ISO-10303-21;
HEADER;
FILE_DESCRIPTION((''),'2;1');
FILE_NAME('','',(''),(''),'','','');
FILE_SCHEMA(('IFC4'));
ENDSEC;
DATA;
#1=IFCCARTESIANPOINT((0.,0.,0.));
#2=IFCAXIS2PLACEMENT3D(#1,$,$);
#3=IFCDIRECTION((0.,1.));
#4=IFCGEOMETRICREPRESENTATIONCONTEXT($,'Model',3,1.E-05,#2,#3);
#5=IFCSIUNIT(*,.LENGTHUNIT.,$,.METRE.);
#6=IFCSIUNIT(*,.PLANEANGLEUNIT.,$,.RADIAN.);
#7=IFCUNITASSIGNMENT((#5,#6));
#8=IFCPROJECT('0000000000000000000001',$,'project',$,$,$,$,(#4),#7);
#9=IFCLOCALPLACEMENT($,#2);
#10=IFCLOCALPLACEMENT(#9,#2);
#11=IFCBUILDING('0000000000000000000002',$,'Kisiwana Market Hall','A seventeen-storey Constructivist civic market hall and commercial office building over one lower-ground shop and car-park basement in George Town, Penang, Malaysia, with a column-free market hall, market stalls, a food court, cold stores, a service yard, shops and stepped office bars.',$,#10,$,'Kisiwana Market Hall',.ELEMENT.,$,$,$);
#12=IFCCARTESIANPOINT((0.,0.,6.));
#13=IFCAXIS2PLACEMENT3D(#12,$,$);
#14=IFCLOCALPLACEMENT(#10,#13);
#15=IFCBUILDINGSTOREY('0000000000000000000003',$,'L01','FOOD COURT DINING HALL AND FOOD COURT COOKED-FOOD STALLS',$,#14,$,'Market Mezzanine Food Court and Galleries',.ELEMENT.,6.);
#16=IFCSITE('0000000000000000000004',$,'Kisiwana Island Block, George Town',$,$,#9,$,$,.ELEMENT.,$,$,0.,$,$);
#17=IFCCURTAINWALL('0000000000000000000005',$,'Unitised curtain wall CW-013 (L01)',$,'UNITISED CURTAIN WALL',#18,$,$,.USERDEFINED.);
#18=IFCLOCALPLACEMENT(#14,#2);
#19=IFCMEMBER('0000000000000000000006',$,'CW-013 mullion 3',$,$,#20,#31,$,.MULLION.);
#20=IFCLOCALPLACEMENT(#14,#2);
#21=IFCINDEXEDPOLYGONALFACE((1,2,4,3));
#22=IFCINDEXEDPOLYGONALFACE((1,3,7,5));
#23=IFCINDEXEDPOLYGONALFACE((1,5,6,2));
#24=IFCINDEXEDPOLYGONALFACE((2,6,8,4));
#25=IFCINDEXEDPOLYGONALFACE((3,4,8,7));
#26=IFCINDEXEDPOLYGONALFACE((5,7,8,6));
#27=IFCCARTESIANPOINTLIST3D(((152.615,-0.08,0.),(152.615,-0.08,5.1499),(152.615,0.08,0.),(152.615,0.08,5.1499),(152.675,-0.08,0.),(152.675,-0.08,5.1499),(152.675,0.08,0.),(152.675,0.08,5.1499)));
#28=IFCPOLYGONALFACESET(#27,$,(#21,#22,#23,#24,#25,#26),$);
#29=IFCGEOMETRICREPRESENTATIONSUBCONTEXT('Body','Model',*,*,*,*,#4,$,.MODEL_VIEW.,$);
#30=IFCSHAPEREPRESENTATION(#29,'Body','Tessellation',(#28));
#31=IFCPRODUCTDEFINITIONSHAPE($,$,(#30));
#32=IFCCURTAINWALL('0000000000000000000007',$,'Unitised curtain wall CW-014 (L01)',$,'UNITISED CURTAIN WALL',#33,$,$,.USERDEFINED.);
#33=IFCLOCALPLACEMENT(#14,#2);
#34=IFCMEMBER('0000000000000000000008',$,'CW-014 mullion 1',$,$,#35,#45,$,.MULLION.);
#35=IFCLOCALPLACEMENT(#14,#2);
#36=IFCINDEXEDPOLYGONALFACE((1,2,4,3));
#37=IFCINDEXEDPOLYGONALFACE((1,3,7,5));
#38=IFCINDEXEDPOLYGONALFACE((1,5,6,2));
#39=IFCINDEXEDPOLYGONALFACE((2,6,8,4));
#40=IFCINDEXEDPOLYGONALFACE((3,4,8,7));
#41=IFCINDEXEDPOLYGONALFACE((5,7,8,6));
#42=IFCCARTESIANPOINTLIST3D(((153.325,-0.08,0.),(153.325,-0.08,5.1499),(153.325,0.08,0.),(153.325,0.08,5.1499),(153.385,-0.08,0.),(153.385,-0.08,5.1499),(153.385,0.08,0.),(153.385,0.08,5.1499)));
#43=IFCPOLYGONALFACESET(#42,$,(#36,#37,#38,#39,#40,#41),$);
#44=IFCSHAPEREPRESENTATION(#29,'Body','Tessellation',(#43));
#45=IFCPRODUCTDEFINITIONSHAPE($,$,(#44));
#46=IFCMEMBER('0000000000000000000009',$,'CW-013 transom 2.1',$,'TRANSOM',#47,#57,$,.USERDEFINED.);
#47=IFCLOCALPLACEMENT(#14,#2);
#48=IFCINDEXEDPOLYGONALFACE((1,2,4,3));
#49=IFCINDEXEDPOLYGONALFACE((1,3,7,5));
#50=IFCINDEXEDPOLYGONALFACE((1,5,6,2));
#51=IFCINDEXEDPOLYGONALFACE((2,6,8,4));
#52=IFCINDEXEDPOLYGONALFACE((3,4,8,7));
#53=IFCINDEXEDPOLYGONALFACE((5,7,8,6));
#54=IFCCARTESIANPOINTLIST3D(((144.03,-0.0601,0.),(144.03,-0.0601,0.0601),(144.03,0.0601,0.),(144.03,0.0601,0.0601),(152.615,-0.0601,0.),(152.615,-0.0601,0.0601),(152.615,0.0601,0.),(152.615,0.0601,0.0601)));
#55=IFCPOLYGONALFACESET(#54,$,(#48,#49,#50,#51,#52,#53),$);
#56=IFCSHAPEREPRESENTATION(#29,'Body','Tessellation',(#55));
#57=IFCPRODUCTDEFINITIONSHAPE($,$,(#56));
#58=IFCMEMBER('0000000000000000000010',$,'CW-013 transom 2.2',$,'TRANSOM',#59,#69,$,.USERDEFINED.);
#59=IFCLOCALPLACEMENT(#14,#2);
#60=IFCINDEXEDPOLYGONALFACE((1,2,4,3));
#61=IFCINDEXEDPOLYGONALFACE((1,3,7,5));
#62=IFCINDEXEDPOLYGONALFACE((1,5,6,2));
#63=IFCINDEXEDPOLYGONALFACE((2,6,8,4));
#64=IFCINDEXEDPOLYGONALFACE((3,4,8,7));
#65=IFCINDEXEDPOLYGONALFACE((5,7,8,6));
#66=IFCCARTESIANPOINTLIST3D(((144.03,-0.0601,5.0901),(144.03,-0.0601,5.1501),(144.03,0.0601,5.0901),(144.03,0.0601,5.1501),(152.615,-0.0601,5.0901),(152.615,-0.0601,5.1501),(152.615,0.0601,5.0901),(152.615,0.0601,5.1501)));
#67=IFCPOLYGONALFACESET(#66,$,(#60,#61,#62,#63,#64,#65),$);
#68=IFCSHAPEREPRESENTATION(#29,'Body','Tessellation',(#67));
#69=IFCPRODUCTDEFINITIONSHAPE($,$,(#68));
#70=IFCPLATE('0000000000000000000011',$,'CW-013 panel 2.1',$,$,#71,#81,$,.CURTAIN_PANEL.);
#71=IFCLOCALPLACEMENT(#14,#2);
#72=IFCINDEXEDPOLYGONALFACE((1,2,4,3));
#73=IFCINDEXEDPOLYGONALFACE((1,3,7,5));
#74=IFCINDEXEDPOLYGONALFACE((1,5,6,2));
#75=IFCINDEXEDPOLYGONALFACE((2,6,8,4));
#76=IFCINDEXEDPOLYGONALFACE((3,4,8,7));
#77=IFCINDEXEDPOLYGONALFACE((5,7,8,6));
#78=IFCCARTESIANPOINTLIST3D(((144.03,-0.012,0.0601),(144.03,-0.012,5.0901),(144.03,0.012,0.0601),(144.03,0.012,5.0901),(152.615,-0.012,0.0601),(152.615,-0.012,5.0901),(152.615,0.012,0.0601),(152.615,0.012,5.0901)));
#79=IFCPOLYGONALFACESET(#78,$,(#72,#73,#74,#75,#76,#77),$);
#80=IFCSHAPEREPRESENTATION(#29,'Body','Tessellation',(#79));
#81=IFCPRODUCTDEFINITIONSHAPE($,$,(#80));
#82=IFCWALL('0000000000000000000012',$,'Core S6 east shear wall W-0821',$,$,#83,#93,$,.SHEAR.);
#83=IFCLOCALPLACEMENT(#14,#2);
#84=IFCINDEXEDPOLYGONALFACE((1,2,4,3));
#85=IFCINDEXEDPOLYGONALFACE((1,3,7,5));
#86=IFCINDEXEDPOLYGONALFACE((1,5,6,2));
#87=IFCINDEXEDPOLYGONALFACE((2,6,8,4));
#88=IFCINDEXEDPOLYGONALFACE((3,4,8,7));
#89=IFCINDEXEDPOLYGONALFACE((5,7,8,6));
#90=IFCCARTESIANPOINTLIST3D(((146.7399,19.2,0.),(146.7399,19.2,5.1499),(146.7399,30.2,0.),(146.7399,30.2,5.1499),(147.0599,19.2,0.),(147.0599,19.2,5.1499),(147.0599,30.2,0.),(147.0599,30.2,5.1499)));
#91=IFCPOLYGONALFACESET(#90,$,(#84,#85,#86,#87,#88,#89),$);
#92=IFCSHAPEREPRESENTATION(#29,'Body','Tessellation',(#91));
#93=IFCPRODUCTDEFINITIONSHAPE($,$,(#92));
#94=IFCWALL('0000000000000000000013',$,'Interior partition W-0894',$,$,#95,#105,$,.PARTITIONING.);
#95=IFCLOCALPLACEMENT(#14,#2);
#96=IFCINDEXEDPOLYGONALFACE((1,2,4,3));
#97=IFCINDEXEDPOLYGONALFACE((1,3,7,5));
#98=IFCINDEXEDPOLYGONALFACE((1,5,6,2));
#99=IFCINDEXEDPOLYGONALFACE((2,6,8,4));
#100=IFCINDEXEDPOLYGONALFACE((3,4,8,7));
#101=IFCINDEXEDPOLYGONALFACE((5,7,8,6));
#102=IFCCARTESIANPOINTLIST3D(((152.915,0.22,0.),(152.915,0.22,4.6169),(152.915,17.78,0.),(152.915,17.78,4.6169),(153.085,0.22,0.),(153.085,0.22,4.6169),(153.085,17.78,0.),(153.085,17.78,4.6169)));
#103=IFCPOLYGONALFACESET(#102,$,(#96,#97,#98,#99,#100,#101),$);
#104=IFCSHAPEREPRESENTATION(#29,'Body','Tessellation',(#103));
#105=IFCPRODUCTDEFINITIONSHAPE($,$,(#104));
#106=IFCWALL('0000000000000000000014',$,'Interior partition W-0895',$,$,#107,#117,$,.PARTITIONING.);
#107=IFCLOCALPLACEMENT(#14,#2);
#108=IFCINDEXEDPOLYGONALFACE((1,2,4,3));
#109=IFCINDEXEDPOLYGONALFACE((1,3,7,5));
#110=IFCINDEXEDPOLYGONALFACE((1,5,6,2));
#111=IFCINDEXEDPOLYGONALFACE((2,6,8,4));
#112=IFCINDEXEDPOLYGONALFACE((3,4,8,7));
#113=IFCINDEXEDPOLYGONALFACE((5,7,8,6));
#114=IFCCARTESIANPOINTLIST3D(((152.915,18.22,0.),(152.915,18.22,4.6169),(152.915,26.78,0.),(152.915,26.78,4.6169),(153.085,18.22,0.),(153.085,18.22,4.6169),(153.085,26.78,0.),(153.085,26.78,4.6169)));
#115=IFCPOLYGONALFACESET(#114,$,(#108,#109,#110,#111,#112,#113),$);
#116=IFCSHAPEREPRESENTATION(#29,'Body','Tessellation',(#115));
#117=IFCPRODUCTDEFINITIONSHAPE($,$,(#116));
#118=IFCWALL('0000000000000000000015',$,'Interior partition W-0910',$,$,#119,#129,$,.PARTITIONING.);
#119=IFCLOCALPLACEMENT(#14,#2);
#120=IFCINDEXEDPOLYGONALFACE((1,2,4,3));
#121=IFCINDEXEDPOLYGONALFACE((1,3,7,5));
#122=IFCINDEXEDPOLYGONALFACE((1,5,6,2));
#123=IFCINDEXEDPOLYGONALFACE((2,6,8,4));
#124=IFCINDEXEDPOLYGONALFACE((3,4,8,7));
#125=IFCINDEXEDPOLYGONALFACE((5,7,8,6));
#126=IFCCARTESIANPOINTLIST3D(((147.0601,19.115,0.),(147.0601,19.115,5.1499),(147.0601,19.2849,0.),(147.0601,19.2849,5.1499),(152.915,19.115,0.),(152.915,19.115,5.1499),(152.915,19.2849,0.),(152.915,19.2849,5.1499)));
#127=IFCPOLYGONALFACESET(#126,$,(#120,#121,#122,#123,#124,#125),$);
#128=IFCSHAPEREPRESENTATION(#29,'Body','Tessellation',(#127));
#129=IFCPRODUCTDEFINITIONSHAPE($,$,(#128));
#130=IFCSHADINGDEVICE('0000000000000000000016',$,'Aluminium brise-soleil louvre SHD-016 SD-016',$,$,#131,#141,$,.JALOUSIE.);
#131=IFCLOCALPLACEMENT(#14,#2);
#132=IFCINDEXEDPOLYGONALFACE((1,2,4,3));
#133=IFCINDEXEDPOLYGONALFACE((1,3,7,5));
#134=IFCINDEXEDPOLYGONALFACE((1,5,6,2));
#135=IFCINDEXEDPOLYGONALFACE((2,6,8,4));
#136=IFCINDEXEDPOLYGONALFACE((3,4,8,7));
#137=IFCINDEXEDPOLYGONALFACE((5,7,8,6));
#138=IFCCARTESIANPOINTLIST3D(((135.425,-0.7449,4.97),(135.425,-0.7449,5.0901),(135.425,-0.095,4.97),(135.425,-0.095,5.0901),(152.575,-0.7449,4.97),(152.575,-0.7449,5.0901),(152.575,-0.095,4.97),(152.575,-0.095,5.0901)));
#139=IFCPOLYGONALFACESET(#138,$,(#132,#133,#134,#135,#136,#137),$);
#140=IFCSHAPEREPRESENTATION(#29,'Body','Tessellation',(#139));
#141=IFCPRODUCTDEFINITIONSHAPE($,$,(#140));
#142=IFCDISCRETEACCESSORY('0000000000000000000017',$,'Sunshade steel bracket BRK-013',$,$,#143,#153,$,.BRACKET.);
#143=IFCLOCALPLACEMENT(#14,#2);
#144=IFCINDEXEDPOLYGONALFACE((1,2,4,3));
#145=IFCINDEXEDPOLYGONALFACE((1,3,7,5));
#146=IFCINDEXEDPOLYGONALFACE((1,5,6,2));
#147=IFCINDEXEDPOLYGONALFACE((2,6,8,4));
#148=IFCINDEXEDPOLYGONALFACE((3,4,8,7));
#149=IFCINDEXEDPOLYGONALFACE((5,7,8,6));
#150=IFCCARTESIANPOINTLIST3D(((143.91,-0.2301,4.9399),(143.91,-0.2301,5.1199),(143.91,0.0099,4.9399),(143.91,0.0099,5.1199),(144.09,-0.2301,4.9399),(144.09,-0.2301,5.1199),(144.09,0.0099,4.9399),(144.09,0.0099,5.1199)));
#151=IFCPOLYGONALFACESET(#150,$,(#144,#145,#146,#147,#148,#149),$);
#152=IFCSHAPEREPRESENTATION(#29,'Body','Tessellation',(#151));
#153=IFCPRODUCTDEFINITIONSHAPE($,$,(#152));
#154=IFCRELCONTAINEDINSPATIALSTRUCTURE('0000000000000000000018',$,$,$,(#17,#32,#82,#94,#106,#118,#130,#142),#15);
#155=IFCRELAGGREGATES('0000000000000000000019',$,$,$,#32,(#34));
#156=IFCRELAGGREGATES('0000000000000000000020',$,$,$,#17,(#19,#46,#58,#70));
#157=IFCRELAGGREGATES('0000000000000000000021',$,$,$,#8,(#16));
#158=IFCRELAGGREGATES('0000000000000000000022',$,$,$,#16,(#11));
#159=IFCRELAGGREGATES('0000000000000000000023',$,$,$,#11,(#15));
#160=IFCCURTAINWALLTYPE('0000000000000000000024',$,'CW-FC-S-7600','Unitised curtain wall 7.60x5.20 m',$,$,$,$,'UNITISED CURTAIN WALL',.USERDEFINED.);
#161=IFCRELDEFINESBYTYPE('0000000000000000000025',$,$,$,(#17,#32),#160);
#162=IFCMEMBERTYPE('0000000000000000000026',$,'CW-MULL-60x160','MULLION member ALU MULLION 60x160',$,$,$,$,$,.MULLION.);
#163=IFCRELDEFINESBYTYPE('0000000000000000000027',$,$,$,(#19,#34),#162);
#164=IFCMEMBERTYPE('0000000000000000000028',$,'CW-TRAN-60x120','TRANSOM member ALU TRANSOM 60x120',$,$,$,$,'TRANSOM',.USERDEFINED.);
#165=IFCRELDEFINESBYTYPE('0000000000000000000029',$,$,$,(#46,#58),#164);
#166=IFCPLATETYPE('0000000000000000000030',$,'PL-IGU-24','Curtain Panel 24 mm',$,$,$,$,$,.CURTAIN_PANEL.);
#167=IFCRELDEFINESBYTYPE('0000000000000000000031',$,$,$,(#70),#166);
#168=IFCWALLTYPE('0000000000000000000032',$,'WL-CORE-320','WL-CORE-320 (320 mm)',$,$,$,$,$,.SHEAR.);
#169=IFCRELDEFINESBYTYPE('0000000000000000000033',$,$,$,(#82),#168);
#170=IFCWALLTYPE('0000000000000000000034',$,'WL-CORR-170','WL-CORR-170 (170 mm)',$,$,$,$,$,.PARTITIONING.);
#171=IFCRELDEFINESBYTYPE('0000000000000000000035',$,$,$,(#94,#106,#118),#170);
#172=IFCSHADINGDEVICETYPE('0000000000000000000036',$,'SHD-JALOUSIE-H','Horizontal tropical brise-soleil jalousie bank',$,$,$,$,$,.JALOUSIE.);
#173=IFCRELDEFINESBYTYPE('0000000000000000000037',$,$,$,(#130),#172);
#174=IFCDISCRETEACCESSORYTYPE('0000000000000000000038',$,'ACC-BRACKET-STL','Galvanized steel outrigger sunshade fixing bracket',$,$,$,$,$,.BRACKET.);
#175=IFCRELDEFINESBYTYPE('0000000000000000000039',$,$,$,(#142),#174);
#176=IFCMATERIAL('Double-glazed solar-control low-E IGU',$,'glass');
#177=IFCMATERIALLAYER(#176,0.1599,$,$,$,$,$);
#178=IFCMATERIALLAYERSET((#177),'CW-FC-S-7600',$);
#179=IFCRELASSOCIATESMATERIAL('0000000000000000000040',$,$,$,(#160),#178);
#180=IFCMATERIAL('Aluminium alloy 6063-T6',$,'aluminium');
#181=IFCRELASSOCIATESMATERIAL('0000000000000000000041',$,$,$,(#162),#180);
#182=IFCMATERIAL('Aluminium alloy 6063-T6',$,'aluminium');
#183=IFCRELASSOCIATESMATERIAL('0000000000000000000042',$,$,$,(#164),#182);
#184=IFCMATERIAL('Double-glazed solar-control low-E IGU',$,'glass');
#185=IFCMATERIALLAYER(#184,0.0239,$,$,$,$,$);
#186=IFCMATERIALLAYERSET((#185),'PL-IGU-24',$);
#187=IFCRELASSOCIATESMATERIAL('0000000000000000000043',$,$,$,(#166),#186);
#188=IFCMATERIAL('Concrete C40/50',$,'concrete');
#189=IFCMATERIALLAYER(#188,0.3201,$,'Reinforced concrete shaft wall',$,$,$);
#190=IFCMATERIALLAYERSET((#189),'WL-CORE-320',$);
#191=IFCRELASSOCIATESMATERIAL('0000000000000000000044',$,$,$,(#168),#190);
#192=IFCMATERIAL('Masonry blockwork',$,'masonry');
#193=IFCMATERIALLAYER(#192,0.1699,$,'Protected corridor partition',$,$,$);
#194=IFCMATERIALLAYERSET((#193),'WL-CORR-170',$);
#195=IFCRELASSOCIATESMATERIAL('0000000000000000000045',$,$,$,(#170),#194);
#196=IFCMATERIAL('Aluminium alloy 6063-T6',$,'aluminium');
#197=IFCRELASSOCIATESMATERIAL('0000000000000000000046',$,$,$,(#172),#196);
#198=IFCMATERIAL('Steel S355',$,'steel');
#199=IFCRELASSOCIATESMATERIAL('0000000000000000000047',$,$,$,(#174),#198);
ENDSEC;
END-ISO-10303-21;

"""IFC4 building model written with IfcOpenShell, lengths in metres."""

from ifc_helpers import new_model, si_unit, direction, frame, frame_2d, origin, origin_2d, place, context, subcontext, project, spatial, rectangle, extrude, material, layer, layer_set, material_profile, profile_set, type_object, element, aggregate, save


model = new_model("IFC4")

# Units and contexts
model_context = context("Model", 3, precision=1e-05, world=origin(), true_north=direction((0.0, 1.0)))
body_context = subcontext(model_context, "Body", "Model", "MODEL_VIEW")
ifc_project = project(units=[si_unit("LENGTHUNIT", "METRE"), si_unit("PLANEANGLEUNIT", "RADIAN")], contexts=[model_context])

# Site, building, storey
site_placement = place(None, origin())
site = spatial("IfcSite", under=ifc_project, at=site_placement, Name="Kisiwana Island Block, George Town", CompositionType="ELEMENT", RefElevation=0.0)
building_placement = place(site_placement, origin())
building = spatial("IfcBuilding", under=site, at=building_placement, Name="Kisiwana Market Hall", Description="A seventeen-storey Constructivist civic market hall and commercial office building over one lower-ground shop and car-park basement in George Town, Penang, Malaysia, with a column-free market hall, market stalls, a food court, cold stores, a service yard, shops and stepped office bars.", LongName="Kisiwana Market Hall", CompositionType="ELEMENT")
storey_placement = place(building_placement, frame((0.0, 0.0, 6.0)))
storey = spatial("IfcBuildingStorey", under=building, at=storey_placement, Name="L01", Description="FOOD COURT DINING HALL AND FOOD COURT COOKED-FOOD STALLS", LongName="Market Mezzanine Food Court and Galleries", CompositionType="ELEMENT", Elevation=6.0)

# Curtain wall, member
ifc_material_1 = material(Name="Double-glazed solar-control low-E IGU", Category="glass")
ifc_layer_1 = layer(ifc_material_1, 0.1599)
ifc_layer_set_1 = layer_set([ifc_layer_1], Name="CW-FC-S-7600")
curtain_wall_type = type_object("IfcCurtainWallType", Name="CW-FC-S-7600", Description="Unitised curtain wall 7.60x5.20 m", ElementType="UNITISED CURTAIN WALL", PredefinedType="USERDEFINED", material=ifc_layer_set_1)
curtain_wall_1_placement = place(storey_placement, origin())
curtain_wall_1 = element("IfcCurtainWall", 1, at=curtain_wall_1_placement, inside=storey, type_object=curtain_wall_type, Name="Unitised curtain wall CW-013 (L01)", ObjectType="UNITISED CURTAIN WALL", PredefinedType="USERDEFINED")
ifc_material_2 = material(Name="Aluminium alloy 6063-T6", Category="aluminium")
ifc_material_profile_1 = material_profile(ifc_material_2, rectangle(XDim=0.0601, YDim=0.1599, at=origin_2d()), Name="ALU MULLION 60x160")
ifc_profile_set_1 = profile_set([ifc_material_profile_1], Name="Aluminium alloy 6063-T6")
member_type_1 = type_object("IfcMemberType", Name="CW-MULL-60x160", Description="MULLION member ALU MULLION 60x160", PredefinedType="MULLION", material=ifc_profile_set_1)
member_1_placement = place(storey_placement, frame((152.645, 0.0, 0.0), z_axis=(0.0, 0.0, 1.0), x_axis=(1.0, 0.0, 0.0)))
member_1 = element("IfcMember", 2, at=member_1_placement, type_object=member_type_1, Name="CW-013 mullion 3", PredefinedType="MULLION", context=body_context, shape_type="SweptSolid", body=[
    extrude(rectangle(XDim=0.0601, YDim=0.1599, at=origin_2d()), origin(), (0.0, 0.0, 1.0), 5.1499),
])

# Curtain wall, member
curtain_wall_2_placement = place(storey_placement, origin())
curtain_wall_2 = element("IfcCurtainWall", 3, at=curtain_wall_2_placement, inside=storey, type_object=curtain_wall_type, Name="Unitised curtain wall CW-014 (L01)", ObjectType="UNITISED CURTAIN WALL", PredefinedType="USERDEFINED")
member_2_placement = place(storey_placement, frame((153.355, 0.0, 0.0), z_axis=(0.0, 0.0, 1.0), x_axis=(1.0, 0.0, 0.0)))
member_2 = element("IfcMember", 4, at=member_2_placement, type_object=member_type_1, Name="CW-014 mullion 1", PredefinedType="MULLION", context=body_context, shape_type="SweptSolid", body=[
    extrude(rectangle(XDim=0.0601, YDim=0.1599, at=origin_2d()), origin(), (0.0, 0.0, 1.0), 5.1499),
])
aggregate(curtain_wall_2, [member_2])

# Members
ifc_material_3 = material(Name="Aluminium alloy 6063-T6", Category="aluminium")
ifc_material_profile_2 = material_profile(ifc_material_3, rectangle(XDim=0.1201, YDim=0.0601, at=origin_2d()), Name="ALU TRANSOM 60x120")
ifc_profile_set_2 = profile_set([ifc_material_profile_2], Name="Aluminium alloy 6063-T6")
member_type_2 = type_object("IfcMemberType", Name="CW-TRAN-60x120", Description="TRANSOM member ALU TRANSOM 60x120", ElementType="TRANSOM", PredefinedType="USERDEFINED", material=ifc_profile_set_2)
member_3_placement = place(storey_placement, frame((144.03, 0.0, 0.03), z_axis=(1.0, 0.0, 0.0), x_axis=(0.0, 1.0, 0.0)))
member_3 = element("IfcMember", 5, at=member_3_placement, type_object=member_type_2, Name="CW-013 transom 2.1", ObjectType="TRANSOM", PredefinedType="USERDEFINED", context=body_context, shape_type="SweptSolid", body=[
    extrude(rectangle(XDim=0.1201, YDim=0.0601, at=origin_2d()), origin(), (0.0, 0.0, 1.0), 8.585),
])
member_4_placement = place(storey_placement, frame((144.03, 0.0, 5.1201), z_axis=(1.0, 0.0, 0.0), x_axis=(0.0, 1.0, 0.0)))
member_4 = element("IfcMember", 6, at=member_4_placement, type_object=member_type_2, Name="CW-013 transom 2.2", ObjectType="TRANSOM", PredefinedType="USERDEFINED", context=body_context, shape_type="SweptSolid", body=[
    extrude(rectangle(XDim=0.1201, YDim=0.0601, at=origin_2d()), origin(), (0.0, 0.0, 1.0), 8.585),
])

# Plate
ifc_material_4 = material(Name="Double-glazed solar-control low-E IGU", Category="glass")
ifc_layer_2 = layer(ifc_material_4, 0.0239)
ifc_layer_set_2 = layer_set([ifc_layer_2], Name="PL-IGU-24")
plate_type = type_object("IfcPlateType", Name="PL-IGU-24", Description="Curtain Panel 24 mm", PredefinedType="CURTAIN_PANEL", material=ifc_layer_set_2)
plate_placement = place(storey_placement, frame((148.3225, 0.0, 0.0601), z_axis=(0.0, 0.0, 1.0), x_axis=(1.0, 0.0, 0.0)))
plate = element("IfcPlate", 7, at=plate_placement, type_object=plate_type, Name="CW-013 panel 2.1", PredefinedType="CURTAIN_PANEL", context=body_context, shape_type="SweptSolid", body=[
    extrude(rectangle(XDim=8.585, YDim=0.0239, at=origin_2d()), origin(), (0.0, 0.0, 1.0), 5.03),
])
aggregate(curtain_wall_1, [member_1, member_3, member_4, plate])

# Walls
ifc_material_5 = material(Name="Concrete C40/50", Category="concrete")
ifc_layer_3 = layer(ifc_material_5, 0.3201, Name="Reinforced concrete shaft wall")
ifc_layer_set_3 = layer_set([ifc_layer_3], Name="WL-CORE-320")
wall_type_1 = type_object("IfcWallType", Name="WL-CORE-320", Description="WL-CORE-320 (320 mm)", PredefinedType="SHEAR", material=ifc_layer_set_3)
wall_1_placement = place(storey_placement, frame((146.8999, 19.2, 0.0), z_axis=(0.0, 0.0, 1.0), x_axis=(0.0, 1.0, 0.0)))
element("IfcWall", 8, at=wall_1_placement, inside=storey, type_object=wall_type_1, Name="Core S6 east shear wall W-0821", PredefinedType="SHEAR", context=body_context, shape_type="SweptSolid", body=[
    extrude(rectangle(XDim=11.0, YDim=0.3201, at=frame_2d((5.5, 0.0))), origin(), (0.0, 0.0, 1.0), 5.1499),
])
ifc_material_6 = material(Name="Masonry blockwork", Category="masonry")
ifc_layer_4 = layer(ifc_material_6, 0.1699, Name="Protected corridor partition")
ifc_layer_set_4 = layer_set([ifc_layer_4], Name="WL-CORR-170")
wall_type_2 = type_object("IfcWallType", Name="WL-CORR-170", Description="WL-CORR-170 (170 mm)", PredefinedType="PARTITIONING", material=ifc_layer_set_4)
wall_2_placement = place(storey_placement, frame((153.0, 0.22, 0.0), z_axis=(0.0, 0.0, 1.0), x_axis=(0.0, 1.0, 0.0)))
element("IfcWall", 9, at=wall_2_placement, inside=storey, type_object=wall_type_2, Name="Interior partition W-0894", PredefinedType="PARTITIONING", context=body_context, shape_type="SweptSolid", body=[
    extrude(rectangle(XDim=17.5601, YDim=0.1699, at=frame_2d((8.78, 0.0))), origin(), (0.0, 0.0, 1.0), 4.6169),
])
wall_3_placement = place(storey_placement, frame((153.0, 18.22, 0.0), z_axis=(0.0, 0.0, 1.0), x_axis=(0.0, 1.0, 0.0)))
element("IfcWall", 10, at=wall_3_placement, inside=storey, type_object=wall_type_2, Name="Interior partition W-0895", PredefinedType="PARTITIONING", context=body_context, shape_type="SweptSolid", body=[
    extrude(rectangle(XDim=8.5601, YDim=0.1699, at=frame_2d((4.28, 0.0))), origin(), (0.0, 0.0, 1.0), 4.6169),
])
wall_4_placement = place(storey_placement, frame((147.0601, 19.2, 0.0), z_axis=(0.0, 0.0, 1.0), x_axis=(1.0, 0.0, 0.0)))
element("IfcWall", 11, at=wall_4_placement, inside=storey, type_object=wall_type_2, Name="Interior partition W-0910", PredefinedType="PARTITIONING", context=body_context, shape_type="SweptSolid", body=[
    extrude(rectangle(XDim=5.855, YDim=0.1699, at=frame_2d((2.9275, 0.0))), origin(), (0.0, 0.0, 1.0), 5.1499),
])

# Shading device
ifc_material_7 = material(Name="Aluminium alloy 6063-T6", Category="aluminium")
shading_device_type = type_object("IfcShadingDeviceType", Name="SHD-JALOUSIE-H", Description="Horizontal tropical brise-soleil jalousie bank", PredefinedType="JALOUSIE", material=ifc_material_7)
shading_device_placement = place(storey_placement, frame((144.0, -0.4199, 4.97), z_axis=(0.0, 0.0, 1.0), x_axis=(1.0, 0.0, 0.0)))
element("IfcShadingDevice", 12, at=shading_device_placement, inside=storey, type_object=shading_device_type, Name="Aluminium brise-soleil louvre SHD-016 SD-016", PredefinedType="JALOUSIE", context=body_context, shape_type="SweptSolid", body=[
    extrude(rectangle(XDim=17.1499, YDim=0.6499, at=origin_2d()), origin(), (0.0, 0.0, 1.0), 0.1201),
])

# Discrete accessory
ifc_material_8 = material(Name="Steel S355", Category="steel")
discrete_accessory_type = type_object("IfcDiscreteAccessoryType", Name="ACC-BRACKET-STL", Description="Galvanized steel outrigger sunshade fixing bracket", PredefinedType="BRACKET", material=ifc_material_8)
discrete_accessory_placement = place(storey_placement, frame((144.0, -0.1101, 4.9399), z_axis=(0.0, 0.0, 1.0), x_axis=(1.0, 0.0, 0.0)))
element("IfcDiscreteAccessory", 13, at=discrete_accessory_placement, inside=storey, type_object=discrete_accessory_type, Name="Sunshade steel bracket BRK-013", PredefinedType="BRACKET", context=body_context, shape_type="SweptSolid", body=[
    extrude(rectangle(XDim=0.1799, YDim=0.24, at=origin_2d()), origin(), (0.0, 0.0, 1.0), 0.1799),
])

save(model, "model.ifc")
